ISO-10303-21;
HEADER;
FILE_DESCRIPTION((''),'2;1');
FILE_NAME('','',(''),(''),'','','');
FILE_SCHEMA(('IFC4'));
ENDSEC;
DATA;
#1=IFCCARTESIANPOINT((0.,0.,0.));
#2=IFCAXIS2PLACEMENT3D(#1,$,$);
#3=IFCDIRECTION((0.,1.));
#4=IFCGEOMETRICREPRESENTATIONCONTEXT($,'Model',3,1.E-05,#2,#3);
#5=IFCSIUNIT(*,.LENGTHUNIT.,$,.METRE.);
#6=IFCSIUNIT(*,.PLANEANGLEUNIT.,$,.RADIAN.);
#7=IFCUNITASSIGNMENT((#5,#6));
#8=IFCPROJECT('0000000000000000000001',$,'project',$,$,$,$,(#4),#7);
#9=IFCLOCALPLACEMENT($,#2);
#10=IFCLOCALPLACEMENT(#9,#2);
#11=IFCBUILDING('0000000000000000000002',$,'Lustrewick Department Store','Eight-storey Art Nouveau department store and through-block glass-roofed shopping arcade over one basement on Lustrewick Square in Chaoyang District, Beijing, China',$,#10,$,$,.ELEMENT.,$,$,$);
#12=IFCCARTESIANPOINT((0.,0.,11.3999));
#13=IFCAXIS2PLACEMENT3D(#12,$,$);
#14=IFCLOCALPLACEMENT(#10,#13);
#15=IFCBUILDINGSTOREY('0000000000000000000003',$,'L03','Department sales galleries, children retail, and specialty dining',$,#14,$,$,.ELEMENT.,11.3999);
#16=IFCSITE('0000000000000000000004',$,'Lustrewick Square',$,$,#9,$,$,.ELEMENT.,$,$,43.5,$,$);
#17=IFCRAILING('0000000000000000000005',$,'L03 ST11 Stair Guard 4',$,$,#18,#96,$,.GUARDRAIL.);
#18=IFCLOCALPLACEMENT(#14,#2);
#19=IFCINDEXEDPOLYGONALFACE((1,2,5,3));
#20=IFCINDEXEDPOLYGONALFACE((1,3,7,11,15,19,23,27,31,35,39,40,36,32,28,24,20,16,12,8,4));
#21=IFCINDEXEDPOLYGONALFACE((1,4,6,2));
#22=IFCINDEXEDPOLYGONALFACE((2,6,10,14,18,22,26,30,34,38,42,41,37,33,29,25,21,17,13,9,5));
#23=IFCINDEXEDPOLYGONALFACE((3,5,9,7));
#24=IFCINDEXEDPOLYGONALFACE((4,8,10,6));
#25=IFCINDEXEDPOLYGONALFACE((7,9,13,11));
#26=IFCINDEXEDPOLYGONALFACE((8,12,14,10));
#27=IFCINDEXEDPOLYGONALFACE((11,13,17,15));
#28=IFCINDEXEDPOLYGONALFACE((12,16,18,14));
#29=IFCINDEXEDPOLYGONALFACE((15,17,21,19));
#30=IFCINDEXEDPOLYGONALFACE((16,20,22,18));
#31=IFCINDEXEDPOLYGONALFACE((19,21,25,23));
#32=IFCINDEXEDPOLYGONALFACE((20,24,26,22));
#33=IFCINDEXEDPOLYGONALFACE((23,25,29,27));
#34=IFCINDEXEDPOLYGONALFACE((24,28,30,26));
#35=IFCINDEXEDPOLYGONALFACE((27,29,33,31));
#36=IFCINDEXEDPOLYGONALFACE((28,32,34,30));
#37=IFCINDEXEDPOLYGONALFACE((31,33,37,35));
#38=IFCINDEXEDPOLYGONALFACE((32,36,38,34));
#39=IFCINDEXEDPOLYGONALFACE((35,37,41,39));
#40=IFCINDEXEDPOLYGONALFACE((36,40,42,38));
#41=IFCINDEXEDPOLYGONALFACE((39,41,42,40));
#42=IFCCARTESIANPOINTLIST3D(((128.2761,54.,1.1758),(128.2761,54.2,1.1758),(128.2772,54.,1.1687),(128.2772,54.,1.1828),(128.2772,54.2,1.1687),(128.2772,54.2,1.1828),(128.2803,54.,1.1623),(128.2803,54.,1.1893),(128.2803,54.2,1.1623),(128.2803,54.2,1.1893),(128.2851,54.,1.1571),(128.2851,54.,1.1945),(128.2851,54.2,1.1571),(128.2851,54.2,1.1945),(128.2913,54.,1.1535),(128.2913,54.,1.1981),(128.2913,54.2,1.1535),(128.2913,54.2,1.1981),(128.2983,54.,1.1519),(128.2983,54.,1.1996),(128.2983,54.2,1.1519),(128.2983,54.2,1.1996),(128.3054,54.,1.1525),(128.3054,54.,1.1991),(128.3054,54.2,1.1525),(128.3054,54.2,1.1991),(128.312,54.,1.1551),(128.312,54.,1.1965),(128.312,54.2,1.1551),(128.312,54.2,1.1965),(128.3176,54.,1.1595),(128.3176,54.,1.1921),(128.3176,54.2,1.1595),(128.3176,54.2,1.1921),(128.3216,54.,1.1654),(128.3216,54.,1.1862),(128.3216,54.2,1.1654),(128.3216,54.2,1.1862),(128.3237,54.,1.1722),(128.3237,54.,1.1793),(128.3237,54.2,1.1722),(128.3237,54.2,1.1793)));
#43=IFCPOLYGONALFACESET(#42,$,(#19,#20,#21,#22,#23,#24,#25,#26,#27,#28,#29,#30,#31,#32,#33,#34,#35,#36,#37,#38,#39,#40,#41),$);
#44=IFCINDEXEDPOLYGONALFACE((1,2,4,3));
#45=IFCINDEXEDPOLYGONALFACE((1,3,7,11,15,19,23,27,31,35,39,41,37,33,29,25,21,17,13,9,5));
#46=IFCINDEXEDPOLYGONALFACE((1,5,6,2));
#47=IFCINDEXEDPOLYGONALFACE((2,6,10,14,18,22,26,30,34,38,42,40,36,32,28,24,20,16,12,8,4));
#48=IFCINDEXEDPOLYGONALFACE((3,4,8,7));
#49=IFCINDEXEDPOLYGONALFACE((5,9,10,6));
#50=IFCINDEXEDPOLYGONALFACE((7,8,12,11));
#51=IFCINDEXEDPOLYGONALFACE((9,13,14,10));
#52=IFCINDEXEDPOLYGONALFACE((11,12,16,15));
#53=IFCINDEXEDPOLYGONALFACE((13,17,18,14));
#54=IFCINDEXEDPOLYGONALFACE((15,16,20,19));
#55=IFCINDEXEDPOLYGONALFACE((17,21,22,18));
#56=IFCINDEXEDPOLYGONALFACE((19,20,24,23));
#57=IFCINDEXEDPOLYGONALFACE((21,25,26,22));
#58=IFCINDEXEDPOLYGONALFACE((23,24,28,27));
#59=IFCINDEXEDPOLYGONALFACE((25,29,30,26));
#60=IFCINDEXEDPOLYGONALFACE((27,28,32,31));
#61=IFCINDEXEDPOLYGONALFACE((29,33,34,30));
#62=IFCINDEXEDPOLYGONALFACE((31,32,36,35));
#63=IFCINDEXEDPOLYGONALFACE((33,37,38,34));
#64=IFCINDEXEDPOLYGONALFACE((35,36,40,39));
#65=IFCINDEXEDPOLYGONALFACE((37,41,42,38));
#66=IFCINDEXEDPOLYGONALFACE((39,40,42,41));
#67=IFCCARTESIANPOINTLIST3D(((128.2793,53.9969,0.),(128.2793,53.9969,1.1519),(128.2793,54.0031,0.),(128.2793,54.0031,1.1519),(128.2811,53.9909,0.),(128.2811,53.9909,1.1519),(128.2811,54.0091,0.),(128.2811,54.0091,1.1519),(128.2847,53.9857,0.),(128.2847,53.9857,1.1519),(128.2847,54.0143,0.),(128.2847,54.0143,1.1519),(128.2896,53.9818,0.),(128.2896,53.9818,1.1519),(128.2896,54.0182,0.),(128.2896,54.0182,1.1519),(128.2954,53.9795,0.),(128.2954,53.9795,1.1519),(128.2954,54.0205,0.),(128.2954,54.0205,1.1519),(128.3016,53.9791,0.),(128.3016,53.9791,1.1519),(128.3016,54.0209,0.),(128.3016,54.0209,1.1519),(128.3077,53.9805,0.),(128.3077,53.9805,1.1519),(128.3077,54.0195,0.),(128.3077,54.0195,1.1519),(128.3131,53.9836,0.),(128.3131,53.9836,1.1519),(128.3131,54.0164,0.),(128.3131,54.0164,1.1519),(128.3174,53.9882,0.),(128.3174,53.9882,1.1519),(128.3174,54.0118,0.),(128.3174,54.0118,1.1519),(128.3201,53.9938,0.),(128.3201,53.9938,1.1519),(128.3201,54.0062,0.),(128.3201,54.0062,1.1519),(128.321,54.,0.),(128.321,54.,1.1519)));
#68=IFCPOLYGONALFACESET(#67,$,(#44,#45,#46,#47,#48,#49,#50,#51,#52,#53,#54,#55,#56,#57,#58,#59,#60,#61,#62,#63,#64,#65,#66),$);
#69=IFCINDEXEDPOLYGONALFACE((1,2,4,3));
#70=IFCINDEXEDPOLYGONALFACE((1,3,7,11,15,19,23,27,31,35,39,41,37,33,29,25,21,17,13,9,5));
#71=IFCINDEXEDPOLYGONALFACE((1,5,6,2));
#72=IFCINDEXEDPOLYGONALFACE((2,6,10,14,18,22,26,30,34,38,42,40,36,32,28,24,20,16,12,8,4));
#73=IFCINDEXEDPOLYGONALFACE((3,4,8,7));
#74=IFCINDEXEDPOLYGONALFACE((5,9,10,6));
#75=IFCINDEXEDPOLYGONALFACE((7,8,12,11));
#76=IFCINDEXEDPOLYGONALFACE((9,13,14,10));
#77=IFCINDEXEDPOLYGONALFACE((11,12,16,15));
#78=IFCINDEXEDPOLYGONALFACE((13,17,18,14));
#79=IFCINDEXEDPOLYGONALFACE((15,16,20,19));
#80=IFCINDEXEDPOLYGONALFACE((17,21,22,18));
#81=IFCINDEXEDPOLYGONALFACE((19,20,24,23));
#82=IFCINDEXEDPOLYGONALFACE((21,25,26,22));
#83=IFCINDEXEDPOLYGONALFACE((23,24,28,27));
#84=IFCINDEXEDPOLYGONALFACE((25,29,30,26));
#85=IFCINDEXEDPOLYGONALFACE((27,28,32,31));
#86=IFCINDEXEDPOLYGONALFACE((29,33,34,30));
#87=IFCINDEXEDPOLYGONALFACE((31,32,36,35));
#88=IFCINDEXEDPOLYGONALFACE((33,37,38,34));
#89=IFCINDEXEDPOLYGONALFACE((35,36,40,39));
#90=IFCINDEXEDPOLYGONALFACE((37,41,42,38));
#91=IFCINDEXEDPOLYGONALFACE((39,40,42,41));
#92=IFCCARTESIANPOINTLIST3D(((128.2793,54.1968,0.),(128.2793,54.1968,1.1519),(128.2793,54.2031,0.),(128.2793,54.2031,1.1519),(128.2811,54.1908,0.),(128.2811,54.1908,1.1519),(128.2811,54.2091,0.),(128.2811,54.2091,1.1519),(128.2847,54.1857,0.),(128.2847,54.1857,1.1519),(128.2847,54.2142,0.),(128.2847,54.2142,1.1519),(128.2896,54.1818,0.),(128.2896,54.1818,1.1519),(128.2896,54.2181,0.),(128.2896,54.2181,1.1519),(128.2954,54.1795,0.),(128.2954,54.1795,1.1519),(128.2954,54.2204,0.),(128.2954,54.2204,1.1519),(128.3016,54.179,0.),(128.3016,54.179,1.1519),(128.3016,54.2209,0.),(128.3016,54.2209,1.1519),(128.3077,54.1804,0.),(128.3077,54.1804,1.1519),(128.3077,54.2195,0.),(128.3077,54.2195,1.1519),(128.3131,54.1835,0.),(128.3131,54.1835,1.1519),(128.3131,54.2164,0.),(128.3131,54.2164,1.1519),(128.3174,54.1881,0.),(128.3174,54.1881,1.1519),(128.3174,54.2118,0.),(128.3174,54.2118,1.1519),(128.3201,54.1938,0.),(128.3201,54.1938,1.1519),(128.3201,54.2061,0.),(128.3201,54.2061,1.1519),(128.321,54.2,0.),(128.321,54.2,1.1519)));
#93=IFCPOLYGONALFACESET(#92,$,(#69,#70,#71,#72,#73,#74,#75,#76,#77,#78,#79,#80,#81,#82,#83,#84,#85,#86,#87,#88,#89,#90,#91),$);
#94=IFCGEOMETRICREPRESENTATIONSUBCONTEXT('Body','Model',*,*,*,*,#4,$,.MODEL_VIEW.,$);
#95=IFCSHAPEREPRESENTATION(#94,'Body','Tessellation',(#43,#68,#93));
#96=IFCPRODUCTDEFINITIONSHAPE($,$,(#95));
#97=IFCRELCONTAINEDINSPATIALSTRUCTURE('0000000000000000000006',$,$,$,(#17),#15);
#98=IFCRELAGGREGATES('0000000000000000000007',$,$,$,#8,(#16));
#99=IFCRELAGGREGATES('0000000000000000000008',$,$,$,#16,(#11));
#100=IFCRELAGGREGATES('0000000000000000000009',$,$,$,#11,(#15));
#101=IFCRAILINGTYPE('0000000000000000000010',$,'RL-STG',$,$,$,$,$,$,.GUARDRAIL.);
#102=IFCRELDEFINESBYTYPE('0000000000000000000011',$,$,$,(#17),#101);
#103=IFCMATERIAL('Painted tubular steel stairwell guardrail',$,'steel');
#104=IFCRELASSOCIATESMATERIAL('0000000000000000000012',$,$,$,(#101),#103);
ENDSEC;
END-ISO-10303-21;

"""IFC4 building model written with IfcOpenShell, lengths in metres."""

from ifc_helpers import new_model, si_unit, direction, frame, origin, origin_2d, place, context, subcontext, project, spatial, circle, extrude, material, type_object, element, save


model = new_model("IFC4")

# Units and contexts
model_context = context("Model", 3, precision=1e-05, world=origin(), true_north=direction((0.0, 1.0)))
body_context = subcontext(model_context, "Body", "Model", "MODEL_VIEW")
ifc_project = project(units=[si_unit("LENGTHUNIT", "METRE"), si_unit("PLANEANGLEUNIT", "RADIAN")], contexts=[model_context])

# Site, building, storey
site_placement = place(None, origin())
site = spatial("IfcSite", under=ifc_project, at=site_placement, Name="Lustrewick Square", CompositionType="ELEMENT", RefElevation=43.5)
building_placement = place(site_placement, origin())
building = spatial("IfcBuilding", under=site, at=building_placement, Name="Lustrewick Department Store", Description="Eight-storey Art Nouveau department store and through-block glass-roofed shopping arcade over one basement on Lustrewick Square in Chaoyang District, Beijing, China", CompositionType="ELEMENT")
storey_placement = place(building_placement, frame((0.0, 0.0, 11.3999)))
storey = spatial("IfcBuildingStorey", under=building, at=storey_placement, Name="L03", Description="Department sales galleries, children retail, and specialty dining", CompositionType="ELEMENT", Elevation=11.3999)

# Railing
ifc_material_1 = material(Name="Painted tubular steel stairwell guardrail", Category="steel")
railing_type_1 = type_object("IfcRailingType", Name="RL-STG", PredefinedType="GUARDRAIL", material=ifc_material_1)
railing_1_placement = place(storey_placement, frame((128.3, 54.0, 0.0)))
element("IfcRailing", 1, at=railing_1_placement, inside=storey, type_object=railing_type_1, Name="L03 ST11 Stair Guard 4", PredefinedType="GUARDRAIL", context=body_context, shape_type="SweptSolid", body=[
    extrude(circle(Radius=0.0239, at=origin_2d()), frame((0.0, 0.0, 1.1758), z_axis=(0.0, 1.0, 0.0), x_axis=(-1.0, 0.0, 0.0)), (0.0, 0.0, 1.0), 0.2),
    extrude(circle(Radius=0.021, at=origin_2d()), origin(), (0.0, 0.0, 1.0), 1.1519),
    extrude(circle(Radius=0.021, at=origin_2d()), frame((0.0, 0.2, 0.0)), (0.0, 0.0, 1.0), 1.1519),
])

save(model, "model.ifc")
